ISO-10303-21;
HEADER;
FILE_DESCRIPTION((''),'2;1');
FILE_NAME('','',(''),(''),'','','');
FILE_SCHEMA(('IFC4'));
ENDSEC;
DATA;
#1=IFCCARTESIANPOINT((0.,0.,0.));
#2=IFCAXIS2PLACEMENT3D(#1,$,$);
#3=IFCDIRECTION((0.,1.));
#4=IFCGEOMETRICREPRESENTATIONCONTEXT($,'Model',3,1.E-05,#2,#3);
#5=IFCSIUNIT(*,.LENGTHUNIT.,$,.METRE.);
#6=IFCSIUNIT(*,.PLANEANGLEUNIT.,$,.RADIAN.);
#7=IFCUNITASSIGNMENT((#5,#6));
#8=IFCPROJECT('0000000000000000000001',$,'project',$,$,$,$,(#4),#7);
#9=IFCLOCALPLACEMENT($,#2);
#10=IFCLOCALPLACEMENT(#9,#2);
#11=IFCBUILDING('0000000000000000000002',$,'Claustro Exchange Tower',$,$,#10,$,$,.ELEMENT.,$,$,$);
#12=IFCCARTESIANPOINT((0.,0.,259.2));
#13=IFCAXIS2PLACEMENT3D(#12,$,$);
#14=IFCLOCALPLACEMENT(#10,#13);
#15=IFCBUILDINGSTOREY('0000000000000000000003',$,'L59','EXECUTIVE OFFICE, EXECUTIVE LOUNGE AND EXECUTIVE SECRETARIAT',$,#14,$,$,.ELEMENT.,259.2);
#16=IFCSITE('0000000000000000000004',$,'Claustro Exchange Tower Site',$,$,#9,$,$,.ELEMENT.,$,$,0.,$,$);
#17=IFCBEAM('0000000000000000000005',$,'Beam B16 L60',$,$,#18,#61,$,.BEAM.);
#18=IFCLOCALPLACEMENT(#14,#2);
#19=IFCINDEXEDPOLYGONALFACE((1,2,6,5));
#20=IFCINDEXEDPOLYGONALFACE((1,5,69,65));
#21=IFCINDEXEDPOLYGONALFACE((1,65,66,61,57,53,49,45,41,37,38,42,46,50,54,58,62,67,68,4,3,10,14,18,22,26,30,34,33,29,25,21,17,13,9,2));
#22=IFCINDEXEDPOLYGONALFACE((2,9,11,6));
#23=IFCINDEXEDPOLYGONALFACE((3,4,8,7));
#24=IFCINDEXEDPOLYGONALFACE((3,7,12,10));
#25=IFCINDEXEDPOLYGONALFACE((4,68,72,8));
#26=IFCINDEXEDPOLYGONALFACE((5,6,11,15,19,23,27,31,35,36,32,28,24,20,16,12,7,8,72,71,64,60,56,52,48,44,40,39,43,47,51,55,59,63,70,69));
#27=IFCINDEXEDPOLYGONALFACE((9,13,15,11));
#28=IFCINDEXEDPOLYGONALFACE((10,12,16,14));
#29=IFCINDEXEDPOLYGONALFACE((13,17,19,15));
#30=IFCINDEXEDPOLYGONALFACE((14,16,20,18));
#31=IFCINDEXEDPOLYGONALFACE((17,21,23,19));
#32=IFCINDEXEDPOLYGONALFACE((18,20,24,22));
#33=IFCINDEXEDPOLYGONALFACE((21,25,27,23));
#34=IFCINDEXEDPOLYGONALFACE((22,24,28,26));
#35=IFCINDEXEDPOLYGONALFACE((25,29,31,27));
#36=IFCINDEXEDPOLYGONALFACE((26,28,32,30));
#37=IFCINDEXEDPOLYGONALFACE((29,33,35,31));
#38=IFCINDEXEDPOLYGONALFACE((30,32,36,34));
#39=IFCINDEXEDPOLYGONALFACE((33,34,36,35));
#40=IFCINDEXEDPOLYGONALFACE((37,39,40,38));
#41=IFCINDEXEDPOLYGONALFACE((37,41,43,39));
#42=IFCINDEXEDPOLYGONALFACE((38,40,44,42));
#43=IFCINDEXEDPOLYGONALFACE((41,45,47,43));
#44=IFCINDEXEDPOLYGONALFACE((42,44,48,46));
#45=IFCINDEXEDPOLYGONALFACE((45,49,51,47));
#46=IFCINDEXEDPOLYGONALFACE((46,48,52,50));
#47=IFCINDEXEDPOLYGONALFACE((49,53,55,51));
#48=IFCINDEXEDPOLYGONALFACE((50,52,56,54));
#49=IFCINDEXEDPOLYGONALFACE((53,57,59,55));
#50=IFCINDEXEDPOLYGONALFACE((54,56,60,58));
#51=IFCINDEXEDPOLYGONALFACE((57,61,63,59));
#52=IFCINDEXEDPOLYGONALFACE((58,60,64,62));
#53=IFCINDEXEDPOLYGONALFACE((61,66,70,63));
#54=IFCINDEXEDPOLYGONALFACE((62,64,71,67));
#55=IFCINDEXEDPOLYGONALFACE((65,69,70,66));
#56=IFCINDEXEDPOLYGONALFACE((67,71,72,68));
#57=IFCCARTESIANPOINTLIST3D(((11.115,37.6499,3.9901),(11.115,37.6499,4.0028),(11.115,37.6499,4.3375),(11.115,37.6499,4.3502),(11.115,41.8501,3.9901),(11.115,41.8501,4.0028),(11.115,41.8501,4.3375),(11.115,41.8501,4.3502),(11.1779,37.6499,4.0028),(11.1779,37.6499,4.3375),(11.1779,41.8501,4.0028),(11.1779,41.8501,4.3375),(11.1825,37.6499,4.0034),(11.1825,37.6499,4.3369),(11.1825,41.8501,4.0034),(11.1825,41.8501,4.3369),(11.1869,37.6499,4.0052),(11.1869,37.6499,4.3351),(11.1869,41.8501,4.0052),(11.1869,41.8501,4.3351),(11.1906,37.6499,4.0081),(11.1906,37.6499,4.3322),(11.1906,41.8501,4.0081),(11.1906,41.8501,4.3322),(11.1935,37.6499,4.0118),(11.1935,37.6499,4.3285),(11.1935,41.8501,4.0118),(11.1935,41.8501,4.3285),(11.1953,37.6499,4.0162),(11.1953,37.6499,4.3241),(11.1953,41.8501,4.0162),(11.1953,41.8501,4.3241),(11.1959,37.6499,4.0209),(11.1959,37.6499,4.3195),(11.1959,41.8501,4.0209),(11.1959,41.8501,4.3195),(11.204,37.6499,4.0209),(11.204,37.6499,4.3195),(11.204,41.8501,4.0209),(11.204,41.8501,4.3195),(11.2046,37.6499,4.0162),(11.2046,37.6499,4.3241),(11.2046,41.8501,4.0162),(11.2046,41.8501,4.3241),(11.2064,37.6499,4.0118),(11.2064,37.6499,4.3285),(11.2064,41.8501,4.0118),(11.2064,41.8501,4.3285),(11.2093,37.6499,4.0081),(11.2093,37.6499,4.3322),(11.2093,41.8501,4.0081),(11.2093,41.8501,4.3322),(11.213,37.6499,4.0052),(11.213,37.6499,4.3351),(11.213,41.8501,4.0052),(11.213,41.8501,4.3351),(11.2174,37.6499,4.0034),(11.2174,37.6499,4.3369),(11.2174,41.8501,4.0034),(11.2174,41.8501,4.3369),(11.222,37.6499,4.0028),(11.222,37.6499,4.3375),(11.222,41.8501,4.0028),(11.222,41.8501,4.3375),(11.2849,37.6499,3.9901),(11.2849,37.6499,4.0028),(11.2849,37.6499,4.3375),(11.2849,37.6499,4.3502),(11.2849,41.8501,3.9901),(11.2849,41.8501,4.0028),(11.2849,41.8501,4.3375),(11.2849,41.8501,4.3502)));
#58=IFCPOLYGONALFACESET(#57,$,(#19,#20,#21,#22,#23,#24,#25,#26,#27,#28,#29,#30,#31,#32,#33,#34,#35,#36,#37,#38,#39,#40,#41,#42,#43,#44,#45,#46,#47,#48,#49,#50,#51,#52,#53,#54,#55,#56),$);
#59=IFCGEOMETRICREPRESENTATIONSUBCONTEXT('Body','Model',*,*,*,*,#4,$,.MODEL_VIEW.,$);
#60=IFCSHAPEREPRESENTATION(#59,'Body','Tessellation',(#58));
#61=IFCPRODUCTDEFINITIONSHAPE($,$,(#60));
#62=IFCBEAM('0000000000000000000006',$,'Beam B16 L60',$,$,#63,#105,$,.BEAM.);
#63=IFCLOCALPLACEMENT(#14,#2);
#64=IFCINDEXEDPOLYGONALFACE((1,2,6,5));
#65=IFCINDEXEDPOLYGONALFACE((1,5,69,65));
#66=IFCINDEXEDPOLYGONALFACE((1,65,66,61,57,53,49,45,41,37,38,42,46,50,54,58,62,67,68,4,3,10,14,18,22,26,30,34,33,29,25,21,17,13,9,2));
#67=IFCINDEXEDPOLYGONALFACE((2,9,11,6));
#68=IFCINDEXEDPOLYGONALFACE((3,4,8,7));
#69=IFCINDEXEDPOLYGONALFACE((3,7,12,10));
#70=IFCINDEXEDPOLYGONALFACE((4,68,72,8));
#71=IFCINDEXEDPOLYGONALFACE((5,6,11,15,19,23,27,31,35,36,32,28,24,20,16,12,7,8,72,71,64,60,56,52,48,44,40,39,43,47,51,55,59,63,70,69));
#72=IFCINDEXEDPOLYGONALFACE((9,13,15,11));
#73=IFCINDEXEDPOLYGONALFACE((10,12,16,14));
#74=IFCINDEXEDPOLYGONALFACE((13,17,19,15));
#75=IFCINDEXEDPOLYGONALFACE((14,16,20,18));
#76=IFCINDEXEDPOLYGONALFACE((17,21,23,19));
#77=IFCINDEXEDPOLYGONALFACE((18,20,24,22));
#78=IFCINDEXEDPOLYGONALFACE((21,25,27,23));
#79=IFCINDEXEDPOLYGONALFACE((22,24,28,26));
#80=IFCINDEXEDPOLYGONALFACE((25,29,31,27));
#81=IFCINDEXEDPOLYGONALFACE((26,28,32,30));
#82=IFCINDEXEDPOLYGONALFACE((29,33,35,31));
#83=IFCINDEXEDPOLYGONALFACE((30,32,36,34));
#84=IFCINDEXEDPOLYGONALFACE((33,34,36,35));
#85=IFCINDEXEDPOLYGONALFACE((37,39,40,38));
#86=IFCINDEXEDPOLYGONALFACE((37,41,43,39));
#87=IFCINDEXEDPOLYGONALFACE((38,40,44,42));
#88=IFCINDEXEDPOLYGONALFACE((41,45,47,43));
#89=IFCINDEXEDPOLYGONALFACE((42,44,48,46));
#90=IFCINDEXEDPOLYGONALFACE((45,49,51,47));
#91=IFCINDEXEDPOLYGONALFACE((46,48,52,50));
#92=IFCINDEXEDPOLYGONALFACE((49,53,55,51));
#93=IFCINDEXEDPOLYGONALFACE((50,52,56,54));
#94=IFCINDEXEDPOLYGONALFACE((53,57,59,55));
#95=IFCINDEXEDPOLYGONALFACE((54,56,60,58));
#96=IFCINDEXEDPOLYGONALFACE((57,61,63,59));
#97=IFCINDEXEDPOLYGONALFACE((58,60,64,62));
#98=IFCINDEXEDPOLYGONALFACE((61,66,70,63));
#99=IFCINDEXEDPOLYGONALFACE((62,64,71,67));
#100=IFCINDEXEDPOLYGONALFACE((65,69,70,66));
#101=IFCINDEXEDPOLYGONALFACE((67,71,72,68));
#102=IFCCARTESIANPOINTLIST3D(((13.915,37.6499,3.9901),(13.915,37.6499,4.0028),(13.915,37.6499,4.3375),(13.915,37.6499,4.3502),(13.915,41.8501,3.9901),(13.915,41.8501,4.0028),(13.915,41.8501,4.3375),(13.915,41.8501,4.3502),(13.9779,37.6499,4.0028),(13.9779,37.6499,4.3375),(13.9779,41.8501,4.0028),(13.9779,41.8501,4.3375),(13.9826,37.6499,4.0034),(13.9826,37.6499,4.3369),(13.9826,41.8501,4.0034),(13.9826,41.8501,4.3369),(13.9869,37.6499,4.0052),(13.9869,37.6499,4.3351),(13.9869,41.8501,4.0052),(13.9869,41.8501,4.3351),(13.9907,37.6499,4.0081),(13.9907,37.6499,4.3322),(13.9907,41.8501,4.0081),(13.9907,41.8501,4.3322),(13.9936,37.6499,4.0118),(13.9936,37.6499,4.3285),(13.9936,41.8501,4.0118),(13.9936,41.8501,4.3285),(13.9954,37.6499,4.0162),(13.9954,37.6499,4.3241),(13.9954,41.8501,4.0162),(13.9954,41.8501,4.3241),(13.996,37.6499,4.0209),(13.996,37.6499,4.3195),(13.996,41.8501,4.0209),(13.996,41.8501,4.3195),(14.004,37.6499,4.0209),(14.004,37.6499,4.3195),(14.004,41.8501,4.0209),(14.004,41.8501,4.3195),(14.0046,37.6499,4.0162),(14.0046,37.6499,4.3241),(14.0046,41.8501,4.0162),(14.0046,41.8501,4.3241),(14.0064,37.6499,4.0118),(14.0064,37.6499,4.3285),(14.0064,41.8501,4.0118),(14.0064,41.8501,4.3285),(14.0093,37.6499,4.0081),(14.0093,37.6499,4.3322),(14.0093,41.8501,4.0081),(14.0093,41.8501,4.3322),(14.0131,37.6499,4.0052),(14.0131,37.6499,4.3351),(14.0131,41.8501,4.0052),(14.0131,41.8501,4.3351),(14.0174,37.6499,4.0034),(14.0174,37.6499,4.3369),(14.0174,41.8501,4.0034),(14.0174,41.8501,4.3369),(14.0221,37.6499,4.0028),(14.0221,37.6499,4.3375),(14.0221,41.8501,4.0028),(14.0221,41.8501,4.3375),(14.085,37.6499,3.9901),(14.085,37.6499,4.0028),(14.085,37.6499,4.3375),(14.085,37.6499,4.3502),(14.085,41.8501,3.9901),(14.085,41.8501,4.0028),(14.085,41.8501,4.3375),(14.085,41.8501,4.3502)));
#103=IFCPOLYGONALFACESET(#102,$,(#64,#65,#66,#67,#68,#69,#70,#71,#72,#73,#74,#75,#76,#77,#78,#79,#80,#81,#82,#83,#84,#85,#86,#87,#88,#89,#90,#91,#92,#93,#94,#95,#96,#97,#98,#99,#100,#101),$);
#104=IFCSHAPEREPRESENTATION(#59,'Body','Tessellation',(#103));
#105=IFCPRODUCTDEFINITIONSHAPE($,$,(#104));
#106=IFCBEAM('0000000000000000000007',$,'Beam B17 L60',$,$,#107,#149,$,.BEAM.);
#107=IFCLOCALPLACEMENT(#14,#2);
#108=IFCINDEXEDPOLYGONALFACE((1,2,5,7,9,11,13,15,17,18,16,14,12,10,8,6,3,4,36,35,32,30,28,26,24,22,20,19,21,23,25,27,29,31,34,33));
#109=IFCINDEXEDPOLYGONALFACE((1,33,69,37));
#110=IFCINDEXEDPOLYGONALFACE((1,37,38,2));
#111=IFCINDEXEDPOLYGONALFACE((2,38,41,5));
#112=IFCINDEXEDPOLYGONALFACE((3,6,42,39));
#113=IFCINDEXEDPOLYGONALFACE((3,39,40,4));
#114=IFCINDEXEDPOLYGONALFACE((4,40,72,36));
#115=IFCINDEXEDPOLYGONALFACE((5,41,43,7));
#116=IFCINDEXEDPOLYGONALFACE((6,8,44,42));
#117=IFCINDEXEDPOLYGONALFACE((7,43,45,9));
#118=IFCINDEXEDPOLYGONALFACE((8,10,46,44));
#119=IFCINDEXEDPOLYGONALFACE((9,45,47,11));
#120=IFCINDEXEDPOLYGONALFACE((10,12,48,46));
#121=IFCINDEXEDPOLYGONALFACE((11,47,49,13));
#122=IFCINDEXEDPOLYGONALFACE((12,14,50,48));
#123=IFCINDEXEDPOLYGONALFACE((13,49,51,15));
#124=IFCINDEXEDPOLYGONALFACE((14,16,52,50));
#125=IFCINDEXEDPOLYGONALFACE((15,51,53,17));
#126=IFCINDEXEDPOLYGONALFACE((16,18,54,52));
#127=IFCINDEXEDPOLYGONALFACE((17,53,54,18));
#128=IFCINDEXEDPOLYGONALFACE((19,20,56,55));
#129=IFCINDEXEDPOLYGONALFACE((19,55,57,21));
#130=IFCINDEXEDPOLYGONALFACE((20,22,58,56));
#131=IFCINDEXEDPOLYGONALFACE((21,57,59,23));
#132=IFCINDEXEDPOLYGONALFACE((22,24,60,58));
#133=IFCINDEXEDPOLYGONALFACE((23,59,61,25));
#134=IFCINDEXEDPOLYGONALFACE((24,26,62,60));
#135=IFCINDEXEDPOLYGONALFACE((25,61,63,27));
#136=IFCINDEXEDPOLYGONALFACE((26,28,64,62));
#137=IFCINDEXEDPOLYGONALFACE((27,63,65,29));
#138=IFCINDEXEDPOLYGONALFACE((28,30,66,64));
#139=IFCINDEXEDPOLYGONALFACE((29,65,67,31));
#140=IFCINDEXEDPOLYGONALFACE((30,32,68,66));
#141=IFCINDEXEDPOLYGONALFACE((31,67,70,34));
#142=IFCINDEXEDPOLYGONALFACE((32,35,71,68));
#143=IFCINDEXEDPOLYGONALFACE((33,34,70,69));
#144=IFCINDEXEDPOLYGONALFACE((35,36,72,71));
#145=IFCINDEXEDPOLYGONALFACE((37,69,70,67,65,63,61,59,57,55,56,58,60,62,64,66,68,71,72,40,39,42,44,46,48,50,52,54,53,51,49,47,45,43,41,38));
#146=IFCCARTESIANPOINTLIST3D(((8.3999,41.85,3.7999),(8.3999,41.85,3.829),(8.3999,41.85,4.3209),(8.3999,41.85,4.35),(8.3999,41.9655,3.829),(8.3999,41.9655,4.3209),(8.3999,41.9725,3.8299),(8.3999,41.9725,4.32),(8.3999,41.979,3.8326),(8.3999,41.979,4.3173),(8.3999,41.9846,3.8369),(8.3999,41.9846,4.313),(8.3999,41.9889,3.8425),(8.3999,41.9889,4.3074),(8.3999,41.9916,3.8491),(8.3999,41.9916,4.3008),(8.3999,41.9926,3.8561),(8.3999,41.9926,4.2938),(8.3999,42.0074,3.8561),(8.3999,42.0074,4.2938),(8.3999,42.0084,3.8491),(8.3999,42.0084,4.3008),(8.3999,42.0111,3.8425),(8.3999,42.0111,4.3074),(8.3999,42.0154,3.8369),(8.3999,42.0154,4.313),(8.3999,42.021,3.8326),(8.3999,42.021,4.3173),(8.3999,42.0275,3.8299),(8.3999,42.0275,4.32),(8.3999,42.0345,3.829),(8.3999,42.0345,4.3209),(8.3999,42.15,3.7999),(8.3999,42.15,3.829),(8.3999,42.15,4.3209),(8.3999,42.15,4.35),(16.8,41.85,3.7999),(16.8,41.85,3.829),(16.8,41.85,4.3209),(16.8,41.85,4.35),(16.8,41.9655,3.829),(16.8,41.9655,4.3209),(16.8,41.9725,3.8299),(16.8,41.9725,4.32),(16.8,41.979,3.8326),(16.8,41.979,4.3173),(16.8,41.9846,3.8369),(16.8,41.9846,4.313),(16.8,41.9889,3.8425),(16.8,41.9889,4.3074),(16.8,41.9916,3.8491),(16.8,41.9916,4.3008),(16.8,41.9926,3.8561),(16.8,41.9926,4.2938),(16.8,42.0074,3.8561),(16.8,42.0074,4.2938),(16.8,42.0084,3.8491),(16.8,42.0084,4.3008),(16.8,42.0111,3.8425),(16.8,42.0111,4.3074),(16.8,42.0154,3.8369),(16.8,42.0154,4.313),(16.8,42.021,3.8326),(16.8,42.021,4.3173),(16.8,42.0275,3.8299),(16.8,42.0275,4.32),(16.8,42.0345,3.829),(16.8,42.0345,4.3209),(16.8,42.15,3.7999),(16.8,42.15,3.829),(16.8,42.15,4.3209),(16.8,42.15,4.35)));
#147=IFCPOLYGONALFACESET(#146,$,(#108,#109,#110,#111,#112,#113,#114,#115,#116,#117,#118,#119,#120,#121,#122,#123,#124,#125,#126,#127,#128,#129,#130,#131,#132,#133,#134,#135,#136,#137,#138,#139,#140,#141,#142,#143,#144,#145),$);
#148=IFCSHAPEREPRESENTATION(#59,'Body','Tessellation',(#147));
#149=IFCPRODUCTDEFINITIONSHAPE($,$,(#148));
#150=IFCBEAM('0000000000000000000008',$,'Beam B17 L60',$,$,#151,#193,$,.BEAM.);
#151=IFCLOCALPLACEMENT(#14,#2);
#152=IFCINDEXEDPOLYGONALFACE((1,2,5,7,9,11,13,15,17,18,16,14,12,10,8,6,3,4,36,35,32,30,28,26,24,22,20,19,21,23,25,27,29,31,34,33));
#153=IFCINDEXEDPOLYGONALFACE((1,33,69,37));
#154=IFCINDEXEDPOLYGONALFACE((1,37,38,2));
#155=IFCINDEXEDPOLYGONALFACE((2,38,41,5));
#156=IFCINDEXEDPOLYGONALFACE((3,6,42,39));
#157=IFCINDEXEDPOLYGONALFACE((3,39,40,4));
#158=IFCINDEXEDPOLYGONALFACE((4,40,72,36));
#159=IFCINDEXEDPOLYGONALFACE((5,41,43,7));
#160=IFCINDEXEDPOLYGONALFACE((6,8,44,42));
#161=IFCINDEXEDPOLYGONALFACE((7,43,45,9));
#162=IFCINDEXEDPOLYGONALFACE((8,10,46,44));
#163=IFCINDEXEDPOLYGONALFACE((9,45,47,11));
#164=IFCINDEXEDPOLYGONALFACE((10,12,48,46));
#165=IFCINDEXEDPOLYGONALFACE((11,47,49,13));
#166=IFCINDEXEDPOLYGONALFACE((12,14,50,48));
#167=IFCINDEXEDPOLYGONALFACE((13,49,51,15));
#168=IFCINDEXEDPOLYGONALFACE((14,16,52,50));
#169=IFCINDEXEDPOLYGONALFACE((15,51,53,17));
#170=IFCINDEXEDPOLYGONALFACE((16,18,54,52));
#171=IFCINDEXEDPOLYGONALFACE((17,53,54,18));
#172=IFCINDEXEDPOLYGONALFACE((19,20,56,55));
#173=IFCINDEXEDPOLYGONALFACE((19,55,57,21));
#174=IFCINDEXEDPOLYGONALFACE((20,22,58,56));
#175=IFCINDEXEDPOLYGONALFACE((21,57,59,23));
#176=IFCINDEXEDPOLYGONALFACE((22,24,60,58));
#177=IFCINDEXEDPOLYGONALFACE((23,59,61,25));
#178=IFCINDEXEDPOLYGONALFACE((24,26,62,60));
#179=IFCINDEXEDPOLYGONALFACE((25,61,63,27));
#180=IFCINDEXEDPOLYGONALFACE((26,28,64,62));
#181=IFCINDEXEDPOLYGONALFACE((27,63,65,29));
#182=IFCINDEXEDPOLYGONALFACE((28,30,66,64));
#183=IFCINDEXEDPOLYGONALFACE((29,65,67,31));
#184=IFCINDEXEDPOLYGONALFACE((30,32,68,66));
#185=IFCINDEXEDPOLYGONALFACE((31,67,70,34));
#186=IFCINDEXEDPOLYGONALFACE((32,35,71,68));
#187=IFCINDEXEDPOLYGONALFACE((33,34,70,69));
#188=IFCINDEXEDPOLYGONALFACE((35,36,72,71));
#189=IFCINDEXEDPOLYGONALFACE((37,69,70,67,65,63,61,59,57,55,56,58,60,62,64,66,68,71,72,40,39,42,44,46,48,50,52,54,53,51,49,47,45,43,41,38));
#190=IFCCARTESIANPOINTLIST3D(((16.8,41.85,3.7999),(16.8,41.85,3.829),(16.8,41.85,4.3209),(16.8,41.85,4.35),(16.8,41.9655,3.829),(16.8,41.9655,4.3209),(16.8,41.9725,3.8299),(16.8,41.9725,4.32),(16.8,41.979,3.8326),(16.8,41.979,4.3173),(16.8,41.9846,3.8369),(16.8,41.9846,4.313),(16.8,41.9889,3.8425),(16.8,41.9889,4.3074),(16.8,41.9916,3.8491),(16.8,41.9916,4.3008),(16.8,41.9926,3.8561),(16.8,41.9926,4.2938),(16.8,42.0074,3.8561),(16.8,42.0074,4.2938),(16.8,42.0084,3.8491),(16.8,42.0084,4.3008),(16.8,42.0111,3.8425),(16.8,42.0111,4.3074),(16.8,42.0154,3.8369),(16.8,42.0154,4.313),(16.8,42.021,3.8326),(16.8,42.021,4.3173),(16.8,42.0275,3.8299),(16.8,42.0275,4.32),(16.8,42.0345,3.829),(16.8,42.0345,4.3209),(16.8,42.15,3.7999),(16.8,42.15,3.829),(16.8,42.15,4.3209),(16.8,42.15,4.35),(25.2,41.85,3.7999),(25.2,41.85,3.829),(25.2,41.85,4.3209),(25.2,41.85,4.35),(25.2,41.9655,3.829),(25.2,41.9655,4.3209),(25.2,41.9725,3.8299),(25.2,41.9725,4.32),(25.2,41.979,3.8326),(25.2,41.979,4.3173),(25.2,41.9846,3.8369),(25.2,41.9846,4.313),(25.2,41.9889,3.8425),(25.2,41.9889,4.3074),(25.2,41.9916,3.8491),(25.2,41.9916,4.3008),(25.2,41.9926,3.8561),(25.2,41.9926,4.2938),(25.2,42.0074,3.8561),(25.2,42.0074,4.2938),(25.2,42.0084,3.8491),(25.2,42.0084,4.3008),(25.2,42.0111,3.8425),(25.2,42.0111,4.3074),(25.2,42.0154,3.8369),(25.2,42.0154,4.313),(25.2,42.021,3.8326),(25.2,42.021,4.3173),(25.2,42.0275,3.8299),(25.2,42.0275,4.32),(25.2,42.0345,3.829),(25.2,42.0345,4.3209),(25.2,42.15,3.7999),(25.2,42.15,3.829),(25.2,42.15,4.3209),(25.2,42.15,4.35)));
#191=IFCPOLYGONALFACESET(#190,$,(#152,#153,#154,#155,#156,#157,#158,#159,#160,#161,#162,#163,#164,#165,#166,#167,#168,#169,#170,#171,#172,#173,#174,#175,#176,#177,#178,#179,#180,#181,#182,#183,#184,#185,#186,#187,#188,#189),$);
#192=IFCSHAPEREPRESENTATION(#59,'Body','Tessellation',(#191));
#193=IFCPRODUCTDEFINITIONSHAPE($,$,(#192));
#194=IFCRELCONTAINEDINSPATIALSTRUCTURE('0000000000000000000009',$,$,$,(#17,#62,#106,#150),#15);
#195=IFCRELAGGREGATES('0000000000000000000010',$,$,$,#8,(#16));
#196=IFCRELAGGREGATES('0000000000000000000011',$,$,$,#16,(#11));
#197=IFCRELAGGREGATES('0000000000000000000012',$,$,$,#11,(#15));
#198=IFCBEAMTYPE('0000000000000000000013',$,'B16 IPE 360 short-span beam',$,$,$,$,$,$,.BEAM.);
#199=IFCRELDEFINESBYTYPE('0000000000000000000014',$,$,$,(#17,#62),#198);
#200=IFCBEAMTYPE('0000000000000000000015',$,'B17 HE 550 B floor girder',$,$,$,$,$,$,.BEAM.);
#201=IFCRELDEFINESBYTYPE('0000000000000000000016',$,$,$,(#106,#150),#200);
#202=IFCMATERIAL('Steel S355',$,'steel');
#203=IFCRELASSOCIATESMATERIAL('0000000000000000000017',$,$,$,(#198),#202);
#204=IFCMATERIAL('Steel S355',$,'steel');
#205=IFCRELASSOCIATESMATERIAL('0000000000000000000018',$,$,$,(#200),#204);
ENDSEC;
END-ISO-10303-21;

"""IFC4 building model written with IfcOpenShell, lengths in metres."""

from ifc_helpers import new_model, si_unit, direction, frame, origin, origin_2d, place, context, subcontext, project, spatial, i_section, extrude, material, material_profile, profile_set, type_object, element, save


model = new_model("IFC4")

# Units and contexts
model_context = context("Model", 3, precision=1e-05, world=origin(), true_north=direction((0.0, 1.0)))
body_context = subcontext(model_context, "Body", "Model", "MODEL_VIEW")
ifc_project = project(units=[si_unit("LENGTHUNIT", "METRE"), si_unit("PLANEANGLEUNIT", "RADIAN")], contexts=[model_context])

# Site, building, storey
site_placement = place(None, origin())
site = spatial("IfcSite", under=ifc_project, at=site_placement, Name="Claustro Exchange Tower Site", CompositionType="ELEMENT", RefElevation=0.0)
building_placement = place(site_placement, origin())
building = spatial("IfcBuilding", under=site, at=building_placement, Name="Claustro Exchange Tower", CompositionType="ELEMENT")
storey_placement = place(building_placement, frame((0.0, 0.0, 259.2)))
storey = spatial("IfcBuildingStorey", under=building, at=storey_placement, Name="L59", Description="EXECUTIVE OFFICE, EXECUTIVE LOUNGE AND EXECUTIVE SECRETARIAT", CompositionType="ELEMENT", Elevation=259.2)

# Beams
ifc_material_1 = material(Name="Steel S355", Category="steel")
ifc_material_profile_1 = material_profile(ifc_material_1, i_section(OverallWidth=0.1699, OverallDepth=0.3601, WebThickness=0.0081, FlangeThickness=0.0127, FilletRadius=0.0181, at=origin_2d()), Name="IPE 360")
ifc_profile_set_1 = profile_set([ifc_material_profile_1], Name="Steel S355")
beam_type_1 = type_object("IfcBeamType", Name="B16 IPE 360 short-span beam", PredefinedType="BEAM", material=ifc_profile_set_1)
for number, where, z_axis, x_axis, name in (
    (1, (11.2, 37.6499, 4.1702), (0.0, 1.0, 0.0), (-1.0, 0.0, 0.0), "Beam B16 L60"),
    (2, (14.0, 37.6499, 4.1702), (0.0, 1.0, 0.0), (-1.0, 0.0, 0.0), "Beam B16 L60"),
):
    element("IfcBeam", number, at=place(storey_placement, frame(where, z_axis=z_axis, x_axis=x_axis)), inside=storey, type_object=beam_type_1, Name=name, PredefinedType="BEAM", context=body_context, shape_type="SweptSolid", body=[
        extrude(i_section(OverallWidth=0.1699, OverallDepth=0.3601, WebThickness=0.0081, FlangeThickness=0.0127, FilletRadius=0.0181, at=origin_2d()), origin(), (0.0, 0.0, 1.0), 4.2002),
    ])
ifc_material_2 = material(Name="Steel S355", Category="steel")
ifc_material_profile_2 = material_profile(ifc_material_2, i_section(OverallWidth=0.3, OverallDepth=0.55, WebThickness=0.0149, FlangeThickness=0.0291, FilletRadius=0.0271, at=origin_2d()), Name="HE 550 B")
ifc_profile_set_2 = profile_set([ifc_material_profile_2], Name="Steel S355")
beam_type_2 = type_object("IfcBeamType", Name="B17 HE 550 B floor girder", PredefinedType="BEAM", material=ifc_profile_set_2)
beam_1_placement = place(storey_placement, frame((8.3999, 42.0, 4.075), z_axis=(1.0, 0.0, 0.0), x_axis=(0.0, 1.0, 0.0)))
element("IfcBeam", 3, at=beam_1_placement, inside=storey, type_object=beam_type_2, Name="Beam B17 L60", PredefinedType="BEAM", context=body_context, shape_type="SweptSolid", body=[
    extrude(i_section(OverallWidth=0.3, OverallDepth=0.55, WebThickness=0.0149, FlangeThickness=0.0291, FilletRadius=0.0271, at=origin_2d()), origin(), (0.0, 0.0, 1.0), 8.4001),
])
beam_2_placement = place(storey_placement, frame((16.8, 42.0, 4.075), z_axis=(1.0, 0.0, 0.0), x_axis=(0.0, 1.0, 0.0)))
element("IfcBeam", 4, at=beam_2_placement, inside=storey, type_object=beam_type_2, Name="Beam B17 L60", PredefinedType="BEAM", context=body_context, shape_type="SweptSolid", body=[
    extrude(i_section(OverallWidth=0.3, OverallDepth=0.55, WebThickness=0.0149, FlangeThickness=0.0291, FilletRadius=0.0271, at=origin_2d()), origin(), (0.0, 0.0, 1.0), 8.3999),
])

save(model, "model.ifc")
